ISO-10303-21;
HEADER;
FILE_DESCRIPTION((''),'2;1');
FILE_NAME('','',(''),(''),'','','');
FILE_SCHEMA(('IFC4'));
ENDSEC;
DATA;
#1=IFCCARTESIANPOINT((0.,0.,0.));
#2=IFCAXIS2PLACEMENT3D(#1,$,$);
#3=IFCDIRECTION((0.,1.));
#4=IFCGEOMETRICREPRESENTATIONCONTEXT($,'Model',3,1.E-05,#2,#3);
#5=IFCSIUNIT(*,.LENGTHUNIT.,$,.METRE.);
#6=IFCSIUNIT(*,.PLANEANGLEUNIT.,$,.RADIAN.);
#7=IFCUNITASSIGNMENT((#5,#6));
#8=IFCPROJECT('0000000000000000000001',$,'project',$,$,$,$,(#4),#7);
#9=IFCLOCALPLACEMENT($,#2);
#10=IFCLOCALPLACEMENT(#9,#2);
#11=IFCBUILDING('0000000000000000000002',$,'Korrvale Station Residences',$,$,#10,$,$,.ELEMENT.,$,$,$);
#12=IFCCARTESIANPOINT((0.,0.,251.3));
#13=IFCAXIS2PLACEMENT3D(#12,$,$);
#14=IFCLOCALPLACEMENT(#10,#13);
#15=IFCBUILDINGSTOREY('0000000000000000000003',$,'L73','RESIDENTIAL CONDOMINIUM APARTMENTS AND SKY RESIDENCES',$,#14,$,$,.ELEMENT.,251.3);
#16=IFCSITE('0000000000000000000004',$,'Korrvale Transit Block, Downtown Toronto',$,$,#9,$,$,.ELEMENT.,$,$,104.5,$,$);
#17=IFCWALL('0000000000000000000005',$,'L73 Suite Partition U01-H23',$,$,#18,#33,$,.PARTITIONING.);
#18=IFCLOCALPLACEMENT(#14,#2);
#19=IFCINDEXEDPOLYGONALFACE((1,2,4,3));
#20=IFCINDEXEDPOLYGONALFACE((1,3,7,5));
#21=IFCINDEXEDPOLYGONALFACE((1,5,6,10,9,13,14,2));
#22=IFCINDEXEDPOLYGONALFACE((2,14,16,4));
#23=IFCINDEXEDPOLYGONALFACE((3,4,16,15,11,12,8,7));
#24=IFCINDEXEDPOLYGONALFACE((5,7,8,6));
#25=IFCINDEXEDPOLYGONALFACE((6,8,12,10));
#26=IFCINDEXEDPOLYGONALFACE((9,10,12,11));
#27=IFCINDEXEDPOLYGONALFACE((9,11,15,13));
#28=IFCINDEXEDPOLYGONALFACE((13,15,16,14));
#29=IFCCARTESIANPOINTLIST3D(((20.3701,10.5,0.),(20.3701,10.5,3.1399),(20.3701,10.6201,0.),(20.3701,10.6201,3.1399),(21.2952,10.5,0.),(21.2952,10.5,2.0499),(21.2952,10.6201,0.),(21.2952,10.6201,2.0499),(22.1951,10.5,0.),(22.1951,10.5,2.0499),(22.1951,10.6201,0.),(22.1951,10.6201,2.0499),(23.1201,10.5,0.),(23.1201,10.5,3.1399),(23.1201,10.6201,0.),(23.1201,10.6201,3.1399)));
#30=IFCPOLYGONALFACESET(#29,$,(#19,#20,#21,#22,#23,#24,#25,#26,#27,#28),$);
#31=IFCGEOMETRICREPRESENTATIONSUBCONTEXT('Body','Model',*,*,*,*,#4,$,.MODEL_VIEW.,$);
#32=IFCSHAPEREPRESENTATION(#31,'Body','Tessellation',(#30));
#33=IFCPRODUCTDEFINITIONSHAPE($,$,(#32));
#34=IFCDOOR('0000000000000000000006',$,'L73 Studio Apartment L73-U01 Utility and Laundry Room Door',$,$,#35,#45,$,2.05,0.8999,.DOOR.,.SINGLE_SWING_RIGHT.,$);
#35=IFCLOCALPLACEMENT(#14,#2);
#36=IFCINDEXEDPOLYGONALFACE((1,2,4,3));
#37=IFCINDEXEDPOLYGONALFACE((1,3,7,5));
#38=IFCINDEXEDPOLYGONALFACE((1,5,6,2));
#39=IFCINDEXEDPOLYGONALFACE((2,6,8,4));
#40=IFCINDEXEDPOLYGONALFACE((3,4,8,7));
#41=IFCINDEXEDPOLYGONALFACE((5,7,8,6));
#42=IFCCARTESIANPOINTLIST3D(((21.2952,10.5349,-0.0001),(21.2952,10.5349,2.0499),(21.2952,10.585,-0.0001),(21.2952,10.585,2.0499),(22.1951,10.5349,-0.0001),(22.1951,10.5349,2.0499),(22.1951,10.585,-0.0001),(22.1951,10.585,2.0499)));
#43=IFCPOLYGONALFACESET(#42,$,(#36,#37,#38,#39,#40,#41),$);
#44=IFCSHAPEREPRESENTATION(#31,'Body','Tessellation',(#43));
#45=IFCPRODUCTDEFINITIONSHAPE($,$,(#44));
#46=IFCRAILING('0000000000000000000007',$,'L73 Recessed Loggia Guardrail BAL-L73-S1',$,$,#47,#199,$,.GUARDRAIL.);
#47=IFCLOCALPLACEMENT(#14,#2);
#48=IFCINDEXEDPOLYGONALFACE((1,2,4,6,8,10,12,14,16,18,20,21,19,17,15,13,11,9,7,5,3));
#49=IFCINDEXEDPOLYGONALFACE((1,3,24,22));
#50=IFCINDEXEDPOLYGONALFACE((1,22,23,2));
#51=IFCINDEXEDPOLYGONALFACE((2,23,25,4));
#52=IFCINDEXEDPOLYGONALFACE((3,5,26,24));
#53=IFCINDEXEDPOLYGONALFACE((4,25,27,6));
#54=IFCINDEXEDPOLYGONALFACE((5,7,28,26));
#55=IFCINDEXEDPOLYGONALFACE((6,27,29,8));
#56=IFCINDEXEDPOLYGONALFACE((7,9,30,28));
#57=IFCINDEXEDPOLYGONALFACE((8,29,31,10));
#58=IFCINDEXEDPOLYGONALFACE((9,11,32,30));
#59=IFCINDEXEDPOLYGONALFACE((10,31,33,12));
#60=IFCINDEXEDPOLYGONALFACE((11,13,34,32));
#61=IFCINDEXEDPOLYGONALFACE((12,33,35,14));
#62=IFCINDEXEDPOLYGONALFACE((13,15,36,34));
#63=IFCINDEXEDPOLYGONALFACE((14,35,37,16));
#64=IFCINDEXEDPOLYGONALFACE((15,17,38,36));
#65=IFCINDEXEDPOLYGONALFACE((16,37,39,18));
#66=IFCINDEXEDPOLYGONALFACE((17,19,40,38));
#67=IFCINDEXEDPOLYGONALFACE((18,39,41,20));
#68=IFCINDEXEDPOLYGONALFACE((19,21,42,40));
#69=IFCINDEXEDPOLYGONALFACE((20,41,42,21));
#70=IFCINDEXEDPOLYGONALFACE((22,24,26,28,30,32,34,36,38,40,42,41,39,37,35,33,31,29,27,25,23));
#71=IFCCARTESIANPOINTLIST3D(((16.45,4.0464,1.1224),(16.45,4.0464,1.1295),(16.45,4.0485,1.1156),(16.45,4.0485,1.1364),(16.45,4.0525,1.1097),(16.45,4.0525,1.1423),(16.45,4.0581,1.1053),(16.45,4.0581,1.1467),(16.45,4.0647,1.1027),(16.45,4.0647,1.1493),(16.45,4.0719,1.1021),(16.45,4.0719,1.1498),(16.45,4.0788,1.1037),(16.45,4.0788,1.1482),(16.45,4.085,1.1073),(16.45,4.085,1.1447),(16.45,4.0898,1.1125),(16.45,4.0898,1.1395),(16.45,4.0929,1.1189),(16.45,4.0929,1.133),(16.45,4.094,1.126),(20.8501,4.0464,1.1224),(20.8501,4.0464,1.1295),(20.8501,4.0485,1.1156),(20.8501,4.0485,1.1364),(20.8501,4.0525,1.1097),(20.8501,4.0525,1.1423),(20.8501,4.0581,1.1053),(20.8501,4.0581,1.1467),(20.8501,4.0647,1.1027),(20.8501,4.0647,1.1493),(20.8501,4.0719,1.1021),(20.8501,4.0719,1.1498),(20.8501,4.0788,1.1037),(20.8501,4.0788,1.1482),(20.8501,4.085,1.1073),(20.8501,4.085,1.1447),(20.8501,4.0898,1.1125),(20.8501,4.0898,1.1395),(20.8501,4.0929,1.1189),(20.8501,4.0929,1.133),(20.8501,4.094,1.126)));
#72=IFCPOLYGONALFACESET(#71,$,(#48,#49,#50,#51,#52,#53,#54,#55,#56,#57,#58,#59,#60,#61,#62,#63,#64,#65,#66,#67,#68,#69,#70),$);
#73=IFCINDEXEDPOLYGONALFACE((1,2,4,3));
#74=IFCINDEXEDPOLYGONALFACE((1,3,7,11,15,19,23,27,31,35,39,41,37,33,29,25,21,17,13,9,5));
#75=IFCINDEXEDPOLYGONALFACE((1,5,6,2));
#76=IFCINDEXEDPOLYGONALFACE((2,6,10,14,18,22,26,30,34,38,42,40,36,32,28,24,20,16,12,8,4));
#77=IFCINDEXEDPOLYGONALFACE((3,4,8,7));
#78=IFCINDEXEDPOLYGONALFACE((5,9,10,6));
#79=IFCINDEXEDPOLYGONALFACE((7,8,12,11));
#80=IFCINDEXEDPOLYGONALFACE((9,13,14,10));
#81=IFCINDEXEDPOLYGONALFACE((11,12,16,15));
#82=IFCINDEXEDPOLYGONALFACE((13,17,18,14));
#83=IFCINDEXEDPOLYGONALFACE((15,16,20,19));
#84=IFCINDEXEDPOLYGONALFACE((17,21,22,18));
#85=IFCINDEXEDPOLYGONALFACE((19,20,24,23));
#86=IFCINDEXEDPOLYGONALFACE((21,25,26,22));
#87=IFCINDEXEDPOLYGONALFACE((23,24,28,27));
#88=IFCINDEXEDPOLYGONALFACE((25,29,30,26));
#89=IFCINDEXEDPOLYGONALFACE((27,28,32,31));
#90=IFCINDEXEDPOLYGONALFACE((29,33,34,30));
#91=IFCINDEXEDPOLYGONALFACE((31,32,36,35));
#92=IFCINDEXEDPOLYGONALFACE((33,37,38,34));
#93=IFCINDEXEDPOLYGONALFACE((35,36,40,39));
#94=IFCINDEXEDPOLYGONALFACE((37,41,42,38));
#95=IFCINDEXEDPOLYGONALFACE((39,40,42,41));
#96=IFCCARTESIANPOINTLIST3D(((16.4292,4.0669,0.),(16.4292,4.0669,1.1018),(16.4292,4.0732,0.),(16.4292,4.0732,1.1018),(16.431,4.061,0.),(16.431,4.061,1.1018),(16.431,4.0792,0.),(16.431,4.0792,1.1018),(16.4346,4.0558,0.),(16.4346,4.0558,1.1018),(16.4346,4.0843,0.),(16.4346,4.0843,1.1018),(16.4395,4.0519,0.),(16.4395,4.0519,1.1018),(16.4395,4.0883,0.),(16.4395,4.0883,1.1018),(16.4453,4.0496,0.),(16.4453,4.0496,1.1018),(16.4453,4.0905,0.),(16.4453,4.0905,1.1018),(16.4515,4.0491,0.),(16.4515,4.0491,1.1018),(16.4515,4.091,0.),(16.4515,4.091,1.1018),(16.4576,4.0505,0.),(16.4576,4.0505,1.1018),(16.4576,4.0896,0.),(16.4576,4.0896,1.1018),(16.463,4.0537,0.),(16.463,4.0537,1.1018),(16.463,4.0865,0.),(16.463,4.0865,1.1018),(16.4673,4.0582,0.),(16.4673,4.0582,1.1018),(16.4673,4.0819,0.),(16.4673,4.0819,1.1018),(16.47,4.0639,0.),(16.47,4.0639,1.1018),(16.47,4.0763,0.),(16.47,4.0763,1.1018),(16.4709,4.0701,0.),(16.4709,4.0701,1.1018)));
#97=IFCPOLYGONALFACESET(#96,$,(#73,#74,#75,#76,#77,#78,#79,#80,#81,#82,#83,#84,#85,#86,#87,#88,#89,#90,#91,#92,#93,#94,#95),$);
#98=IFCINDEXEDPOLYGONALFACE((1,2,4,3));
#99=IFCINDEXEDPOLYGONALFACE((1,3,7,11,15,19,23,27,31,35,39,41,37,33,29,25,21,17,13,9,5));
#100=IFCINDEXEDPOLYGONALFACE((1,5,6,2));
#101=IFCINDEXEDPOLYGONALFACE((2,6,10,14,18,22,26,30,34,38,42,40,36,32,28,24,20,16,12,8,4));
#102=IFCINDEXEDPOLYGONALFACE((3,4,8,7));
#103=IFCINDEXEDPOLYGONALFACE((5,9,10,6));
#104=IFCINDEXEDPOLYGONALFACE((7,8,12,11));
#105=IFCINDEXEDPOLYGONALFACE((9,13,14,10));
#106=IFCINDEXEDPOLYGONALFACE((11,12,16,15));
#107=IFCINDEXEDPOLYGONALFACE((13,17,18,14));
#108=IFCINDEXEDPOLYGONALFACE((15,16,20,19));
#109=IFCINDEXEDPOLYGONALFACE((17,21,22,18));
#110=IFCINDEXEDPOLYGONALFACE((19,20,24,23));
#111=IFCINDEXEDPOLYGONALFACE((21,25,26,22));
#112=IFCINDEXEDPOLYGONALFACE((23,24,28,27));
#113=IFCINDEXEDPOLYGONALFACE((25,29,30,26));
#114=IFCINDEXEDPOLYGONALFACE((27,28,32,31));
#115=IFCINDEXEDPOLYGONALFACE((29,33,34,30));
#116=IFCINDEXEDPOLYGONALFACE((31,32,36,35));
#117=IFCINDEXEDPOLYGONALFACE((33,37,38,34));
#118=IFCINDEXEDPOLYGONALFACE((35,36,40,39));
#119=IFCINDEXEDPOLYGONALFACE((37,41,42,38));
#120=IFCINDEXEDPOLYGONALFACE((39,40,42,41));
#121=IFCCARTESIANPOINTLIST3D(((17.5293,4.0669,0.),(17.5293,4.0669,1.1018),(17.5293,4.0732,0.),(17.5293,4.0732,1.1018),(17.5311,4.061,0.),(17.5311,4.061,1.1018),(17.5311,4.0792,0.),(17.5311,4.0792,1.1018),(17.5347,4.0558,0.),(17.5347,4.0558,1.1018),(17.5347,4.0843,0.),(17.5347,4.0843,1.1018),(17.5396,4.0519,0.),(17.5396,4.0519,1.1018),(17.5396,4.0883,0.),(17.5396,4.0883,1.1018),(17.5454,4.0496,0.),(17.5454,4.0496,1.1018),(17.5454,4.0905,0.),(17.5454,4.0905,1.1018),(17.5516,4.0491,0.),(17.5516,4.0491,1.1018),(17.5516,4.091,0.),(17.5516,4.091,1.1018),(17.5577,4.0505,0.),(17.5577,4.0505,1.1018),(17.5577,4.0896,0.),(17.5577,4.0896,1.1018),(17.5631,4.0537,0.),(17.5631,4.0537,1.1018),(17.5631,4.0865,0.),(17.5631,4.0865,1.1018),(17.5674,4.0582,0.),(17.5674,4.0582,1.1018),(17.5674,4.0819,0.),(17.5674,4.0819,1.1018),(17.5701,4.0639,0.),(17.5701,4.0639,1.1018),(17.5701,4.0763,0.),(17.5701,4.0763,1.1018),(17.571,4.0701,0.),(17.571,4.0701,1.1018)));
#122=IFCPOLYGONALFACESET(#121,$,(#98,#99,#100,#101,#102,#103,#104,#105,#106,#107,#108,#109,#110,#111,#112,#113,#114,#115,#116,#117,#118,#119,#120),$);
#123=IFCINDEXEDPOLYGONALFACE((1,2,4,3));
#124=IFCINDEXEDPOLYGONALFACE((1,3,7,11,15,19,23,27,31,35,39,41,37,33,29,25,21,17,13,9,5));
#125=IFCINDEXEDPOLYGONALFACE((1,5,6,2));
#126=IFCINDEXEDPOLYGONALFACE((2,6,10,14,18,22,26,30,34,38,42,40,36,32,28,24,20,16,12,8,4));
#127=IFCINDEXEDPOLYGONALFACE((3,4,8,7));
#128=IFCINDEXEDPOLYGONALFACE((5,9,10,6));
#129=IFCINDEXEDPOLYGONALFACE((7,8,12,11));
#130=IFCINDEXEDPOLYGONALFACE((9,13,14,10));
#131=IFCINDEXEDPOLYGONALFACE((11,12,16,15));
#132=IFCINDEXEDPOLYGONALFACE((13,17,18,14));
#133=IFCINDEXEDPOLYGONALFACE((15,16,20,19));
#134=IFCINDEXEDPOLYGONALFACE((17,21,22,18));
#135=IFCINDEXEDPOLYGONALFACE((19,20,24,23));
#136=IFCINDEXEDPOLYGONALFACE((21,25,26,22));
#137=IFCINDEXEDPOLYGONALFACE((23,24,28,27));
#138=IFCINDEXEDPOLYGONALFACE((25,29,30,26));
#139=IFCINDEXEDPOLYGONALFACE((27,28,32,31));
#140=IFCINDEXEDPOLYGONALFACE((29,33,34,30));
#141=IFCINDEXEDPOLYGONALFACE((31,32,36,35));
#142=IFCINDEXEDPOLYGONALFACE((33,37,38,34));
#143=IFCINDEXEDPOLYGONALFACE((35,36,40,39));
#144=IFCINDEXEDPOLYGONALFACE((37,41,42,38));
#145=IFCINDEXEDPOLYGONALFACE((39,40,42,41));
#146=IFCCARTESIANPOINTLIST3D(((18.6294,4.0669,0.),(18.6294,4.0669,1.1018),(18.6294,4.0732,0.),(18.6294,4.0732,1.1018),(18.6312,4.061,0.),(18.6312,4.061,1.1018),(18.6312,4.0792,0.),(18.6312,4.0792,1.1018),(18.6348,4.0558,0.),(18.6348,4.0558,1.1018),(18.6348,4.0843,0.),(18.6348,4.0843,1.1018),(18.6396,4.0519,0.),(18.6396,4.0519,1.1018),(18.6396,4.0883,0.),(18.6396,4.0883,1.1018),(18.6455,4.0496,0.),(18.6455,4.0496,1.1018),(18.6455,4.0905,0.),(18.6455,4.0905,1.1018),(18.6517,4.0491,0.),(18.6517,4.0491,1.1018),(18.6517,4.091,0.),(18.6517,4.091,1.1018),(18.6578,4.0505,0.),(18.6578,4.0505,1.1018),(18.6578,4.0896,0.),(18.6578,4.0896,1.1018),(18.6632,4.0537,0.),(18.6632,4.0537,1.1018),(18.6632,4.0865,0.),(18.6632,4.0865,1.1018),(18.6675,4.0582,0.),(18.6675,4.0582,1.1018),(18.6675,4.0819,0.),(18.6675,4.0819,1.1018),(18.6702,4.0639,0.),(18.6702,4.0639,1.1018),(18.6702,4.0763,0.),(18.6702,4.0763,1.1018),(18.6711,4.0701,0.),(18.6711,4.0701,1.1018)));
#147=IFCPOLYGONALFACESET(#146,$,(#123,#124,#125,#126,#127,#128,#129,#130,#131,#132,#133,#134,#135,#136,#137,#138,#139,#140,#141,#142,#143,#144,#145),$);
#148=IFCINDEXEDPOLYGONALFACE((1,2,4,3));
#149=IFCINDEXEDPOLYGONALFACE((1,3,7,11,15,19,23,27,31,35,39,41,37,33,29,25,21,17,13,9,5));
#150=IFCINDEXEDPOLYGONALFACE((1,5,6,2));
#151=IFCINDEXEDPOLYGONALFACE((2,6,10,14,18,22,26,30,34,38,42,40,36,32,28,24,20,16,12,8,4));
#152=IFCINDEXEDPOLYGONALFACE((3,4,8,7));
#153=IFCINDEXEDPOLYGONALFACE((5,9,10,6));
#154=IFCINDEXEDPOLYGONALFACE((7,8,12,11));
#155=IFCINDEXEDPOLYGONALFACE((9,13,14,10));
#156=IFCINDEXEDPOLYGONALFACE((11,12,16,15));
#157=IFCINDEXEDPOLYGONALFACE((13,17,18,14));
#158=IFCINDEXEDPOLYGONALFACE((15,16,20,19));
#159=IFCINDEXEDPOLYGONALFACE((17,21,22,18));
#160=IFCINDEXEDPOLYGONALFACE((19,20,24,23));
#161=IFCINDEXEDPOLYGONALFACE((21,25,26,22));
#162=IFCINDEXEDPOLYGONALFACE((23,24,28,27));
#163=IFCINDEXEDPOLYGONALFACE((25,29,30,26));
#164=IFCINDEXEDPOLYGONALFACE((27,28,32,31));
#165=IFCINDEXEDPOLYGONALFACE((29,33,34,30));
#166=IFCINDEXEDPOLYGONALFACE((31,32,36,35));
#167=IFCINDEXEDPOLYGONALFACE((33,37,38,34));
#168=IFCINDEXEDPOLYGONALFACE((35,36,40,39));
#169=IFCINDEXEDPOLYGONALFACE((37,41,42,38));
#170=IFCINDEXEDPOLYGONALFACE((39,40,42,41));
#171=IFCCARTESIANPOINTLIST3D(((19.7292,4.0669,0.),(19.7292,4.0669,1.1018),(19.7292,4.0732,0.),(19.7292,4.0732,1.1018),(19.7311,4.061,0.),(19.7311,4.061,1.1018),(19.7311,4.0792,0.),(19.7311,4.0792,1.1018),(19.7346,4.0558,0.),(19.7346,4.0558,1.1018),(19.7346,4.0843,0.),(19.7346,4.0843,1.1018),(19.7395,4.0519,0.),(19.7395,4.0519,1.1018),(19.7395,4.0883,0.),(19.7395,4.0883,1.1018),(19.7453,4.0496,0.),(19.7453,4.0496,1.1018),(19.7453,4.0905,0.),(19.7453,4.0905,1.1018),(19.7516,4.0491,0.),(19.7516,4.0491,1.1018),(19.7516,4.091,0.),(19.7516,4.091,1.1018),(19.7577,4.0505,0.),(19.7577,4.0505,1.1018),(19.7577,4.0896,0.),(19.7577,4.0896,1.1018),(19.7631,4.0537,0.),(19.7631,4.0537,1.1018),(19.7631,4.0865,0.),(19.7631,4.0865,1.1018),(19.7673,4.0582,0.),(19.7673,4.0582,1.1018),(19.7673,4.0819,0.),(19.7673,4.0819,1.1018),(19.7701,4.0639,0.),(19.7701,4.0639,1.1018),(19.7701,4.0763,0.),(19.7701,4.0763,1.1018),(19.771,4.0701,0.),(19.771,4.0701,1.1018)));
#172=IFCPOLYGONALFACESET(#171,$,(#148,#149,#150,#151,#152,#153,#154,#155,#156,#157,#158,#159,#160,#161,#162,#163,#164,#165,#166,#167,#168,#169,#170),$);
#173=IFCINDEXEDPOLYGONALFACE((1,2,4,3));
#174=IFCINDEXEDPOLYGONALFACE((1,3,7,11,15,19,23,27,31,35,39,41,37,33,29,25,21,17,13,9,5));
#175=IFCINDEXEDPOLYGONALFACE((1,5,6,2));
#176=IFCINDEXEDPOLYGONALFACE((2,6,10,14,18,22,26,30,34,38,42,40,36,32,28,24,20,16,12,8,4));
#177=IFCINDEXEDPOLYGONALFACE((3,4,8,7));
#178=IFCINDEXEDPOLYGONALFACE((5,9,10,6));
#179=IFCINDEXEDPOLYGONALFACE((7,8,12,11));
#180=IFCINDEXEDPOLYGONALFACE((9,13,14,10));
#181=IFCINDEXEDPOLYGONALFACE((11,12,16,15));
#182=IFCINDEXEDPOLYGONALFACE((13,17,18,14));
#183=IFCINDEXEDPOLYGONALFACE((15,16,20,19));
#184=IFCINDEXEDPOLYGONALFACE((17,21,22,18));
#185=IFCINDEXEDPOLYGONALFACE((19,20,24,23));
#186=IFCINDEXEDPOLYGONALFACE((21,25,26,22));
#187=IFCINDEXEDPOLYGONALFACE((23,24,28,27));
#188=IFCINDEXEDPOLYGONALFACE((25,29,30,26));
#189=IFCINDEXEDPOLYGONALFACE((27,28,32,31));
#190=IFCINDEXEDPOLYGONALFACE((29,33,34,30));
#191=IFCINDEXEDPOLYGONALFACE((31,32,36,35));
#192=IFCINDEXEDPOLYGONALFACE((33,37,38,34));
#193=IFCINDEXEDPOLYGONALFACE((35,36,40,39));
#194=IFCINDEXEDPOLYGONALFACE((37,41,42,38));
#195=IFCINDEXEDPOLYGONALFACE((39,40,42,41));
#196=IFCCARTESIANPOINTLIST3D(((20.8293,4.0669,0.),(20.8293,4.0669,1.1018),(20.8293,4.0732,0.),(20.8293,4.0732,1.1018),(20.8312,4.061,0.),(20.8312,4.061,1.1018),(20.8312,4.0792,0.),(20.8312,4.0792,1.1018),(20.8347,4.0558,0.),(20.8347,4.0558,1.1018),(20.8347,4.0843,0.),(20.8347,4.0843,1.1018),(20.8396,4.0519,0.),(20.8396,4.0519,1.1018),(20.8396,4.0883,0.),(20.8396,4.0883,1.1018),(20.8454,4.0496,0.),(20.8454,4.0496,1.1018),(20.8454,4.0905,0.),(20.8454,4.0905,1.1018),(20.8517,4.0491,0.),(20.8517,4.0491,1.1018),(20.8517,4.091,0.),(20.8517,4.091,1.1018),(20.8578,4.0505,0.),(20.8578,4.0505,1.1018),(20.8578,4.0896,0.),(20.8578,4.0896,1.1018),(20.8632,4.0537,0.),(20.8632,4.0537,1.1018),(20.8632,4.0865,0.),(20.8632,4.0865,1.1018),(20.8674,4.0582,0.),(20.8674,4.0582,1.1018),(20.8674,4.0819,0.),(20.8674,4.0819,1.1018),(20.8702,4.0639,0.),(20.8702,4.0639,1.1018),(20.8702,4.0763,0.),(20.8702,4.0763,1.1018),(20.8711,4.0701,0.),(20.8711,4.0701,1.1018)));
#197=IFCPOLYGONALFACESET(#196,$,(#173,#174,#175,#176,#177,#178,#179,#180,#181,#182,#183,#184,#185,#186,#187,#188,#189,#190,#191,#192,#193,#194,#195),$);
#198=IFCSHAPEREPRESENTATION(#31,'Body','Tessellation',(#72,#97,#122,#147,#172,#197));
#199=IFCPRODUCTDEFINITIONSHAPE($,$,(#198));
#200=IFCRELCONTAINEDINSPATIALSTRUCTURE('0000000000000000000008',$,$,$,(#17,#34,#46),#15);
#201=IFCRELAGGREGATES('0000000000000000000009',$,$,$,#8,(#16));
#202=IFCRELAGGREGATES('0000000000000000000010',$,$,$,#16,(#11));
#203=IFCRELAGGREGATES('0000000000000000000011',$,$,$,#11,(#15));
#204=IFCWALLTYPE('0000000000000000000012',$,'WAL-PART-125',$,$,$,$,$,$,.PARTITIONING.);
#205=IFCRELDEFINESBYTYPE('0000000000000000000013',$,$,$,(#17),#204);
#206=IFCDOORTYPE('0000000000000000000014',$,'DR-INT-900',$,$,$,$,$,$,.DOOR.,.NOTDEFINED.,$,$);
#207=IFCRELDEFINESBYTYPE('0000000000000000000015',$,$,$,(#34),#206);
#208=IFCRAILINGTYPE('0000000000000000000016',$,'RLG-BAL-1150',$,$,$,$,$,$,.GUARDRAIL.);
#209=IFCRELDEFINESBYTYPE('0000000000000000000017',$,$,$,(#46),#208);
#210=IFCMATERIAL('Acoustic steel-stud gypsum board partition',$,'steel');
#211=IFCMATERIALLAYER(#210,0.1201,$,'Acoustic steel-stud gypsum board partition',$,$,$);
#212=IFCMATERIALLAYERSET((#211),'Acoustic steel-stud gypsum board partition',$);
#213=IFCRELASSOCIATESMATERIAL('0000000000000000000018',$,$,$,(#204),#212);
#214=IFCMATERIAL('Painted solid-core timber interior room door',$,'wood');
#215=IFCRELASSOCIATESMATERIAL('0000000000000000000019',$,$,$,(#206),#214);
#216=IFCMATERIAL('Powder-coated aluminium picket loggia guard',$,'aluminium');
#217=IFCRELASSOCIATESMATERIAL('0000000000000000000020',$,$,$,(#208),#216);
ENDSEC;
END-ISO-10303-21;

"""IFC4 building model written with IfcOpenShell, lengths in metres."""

from ifc_helpers import new_model, si_unit, direction, frame, frame_2d, origin, origin_2d, place, context, subcontext, project, spatial, rectangle, circle, extrude, material, layer, layer_set, type_object, element, fill, save


model = new_model("IFC4")

# Units and contexts
model_context = context("Model", 3, precision=1e-05, world=origin(), true_north=direction((0.0, 1.0)))
body_context = subcontext(model_context, "Body", "Model", "MODEL_VIEW")
ifc_project = project(units=[si_unit("LENGTHUNIT", "METRE"), si_unit("PLANEANGLEUNIT", "RADIAN")], contexts=[model_context])

# Site, building, storey
site_placement = place(None, origin())
site = spatial("IfcSite", under=ifc_project, at=site_placement, Name="Korrvale Transit Block, Downtown Toronto", CompositionType="ELEMENT", RefElevation=104.5)
building_placement = place(site_placement, origin())
building = spatial("IfcBuilding", under=site, at=building_placement, Name="Korrvale Station Residences", CompositionType="ELEMENT")
storey_placement = place(building_placement, frame((0.0, 0.0, 251.3)))
storey = spatial("IfcBuildingStorey", under=building, at=storey_placement, Name="L73", Description="RESIDENTIAL CONDOMINIUM APARTMENTS AND SKY RESIDENCES", CompositionType="ELEMENT", Elevation=251.3)

# Wall, opening, door
ifc_material_1 = material(Name="Acoustic steel-stud gypsum board partition", Category="steel")
ifc_layer_1 = layer(ifc_material_1, 0.1201, Name="Acoustic steel-stud gypsum board partition")
ifc_layer_set_1 = layer_set([ifc_layer_1], Name="Acoustic steel-stud gypsum board partition")
wall_type_1 = type_object("IfcWallType", Name="WAL-PART-125", PredefinedType="PARTITIONING", material=ifc_layer_set_1)
ifc_material_2 = material(Name="Painted solid-core timber interior room door", Category="wood")
door_type_1 = type_object("IfcDoorType", Name="DR-INT-900", OperationType="NOTDEFINED", PredefinedType="DOOR", material=ifc_material_2)
wall_1_placement = place(storey_placement, frame((20.3701, 10.5601, 0.0), z_axis=(0.0, 0.0, 1.0), x_axis=(1.0, 0.0, 0.0)))
wall_1 = element("IfcWall", 1, at=wall_1_placement, inside=storey, type_object=wall_type_1, Name="L73 Suite Partition U01-H23", PredefinedType="PARTITIONING", context=body_context, shape_type="SweptSolid", body=[
    extrude(rectangle(XDim=2.75, YDim=0.1201, at=frame_2d((1.375, 0.0))), origin(), (0.0, 0.0, 1.0), 3.1399),
])
opening_1_placement = place(wall_1_placement, frame((0.925, 0.0, 0.0)))
opening_1 = element("IfcOpeningElement", 2, at=opening_1_placement, cuts=wall_1, PredefinedType="OPENING", context=body_context, shape_type="SweptSolid", body=[
    extrude(rectangle(XDim=0.8999, YDim=2.05, at=frame_2d((0.45, 1.0249))), frame((0.0, 0.0701, 0.0), z_axis=(0.0, -1.0, 0.0), x_axis=(1.0, 0.0, 0.0)), (0.0, 0.0, 1.0), 0.1401),
])
door_1_placement = place(opening_1_placement, origin())
door_1 = element("IfcDoor", 3, at=door_1_placement, inside=storey, type_object=door_type_1, Name="L73 Studio Apartment L73-U01 Utility and Laundry Room Door", OperationType="SINGLE_SWING_RIGHT", OverallHeight=2.05, OverallWidth=0.8999, PredefinedType="DOOR", context=body_context, shape_type="SweptSolid", body=[
    extrude(rectangle(XDim=0.8999, YDim=2.05, at=frame_2d((0.45, 1.0249))), frame((0.0, 0.0249, 0.0), z_axis=(0.0, -1.0, 0.0), x_axis=(1.0, 0.0, 0.0)), (0.0, 0.0, 1.0), 0.05),
])
fill(opening_1, door_1)

# Railing
ifc_material_3 = material(Name="Powder-coated aluminium picket loggia guard", Category="aluminium")
railing_type = type_object("IfcRailingType", Name="RLG-BAL-1150", PredefinedType="GUARDRAIL", material=ifc_material_3)
railing_placement = place(storey_placement, frame((16.45, 4.0701, 0.0)))
element("IfcRailing", 4, at=railing_placement, inside=storey, type_object=railing_type, Name="L73 Recessed Loggia Guardrail BAL-L73-S1", PredefinedType="GUARDRAIL", context=body_context, shape_type="SweptSolid", body=[
    extrude(circle(Radius=0.0239, at=origin_2d()), frame((0.0, 0.0, 1.126), z_axis=(1.0, 0.0, 0.0), x_axis=(0.0, 1.0, 0.0)), (0.0, 0.0, 1.0), 4.4001),
    extrude(circle(Radius=0.021, at=origin_2d()), origin(), (0.0, 0.0, 1.0), 1.1018),
    extrude(circle(Radius=0.021, at=origin_2d()), frame((1.1001, 0.0, 0.0)), (0.0, 0.0, 1.0), 1.1018),
    extrude(circle(Radius=0.021, at=origin_2d()), frame((2.2002, 0.0, 0.0)), (0.0, 0.0, 1.0), 1.1018),
    extrude(circle(Radius=0.021, at=origin_2d()), frame((3.3, 0.0, 0.0)), (0.0, 0.0, 1.0), 1.1018),
    extrude(circle(Radius=0.021, at=origin_2d()), frame((4.4001, 0.0, 0.0)), (0.0, 0.0, 1.0), 1.1018),
])

save(model, "model.ifc")
